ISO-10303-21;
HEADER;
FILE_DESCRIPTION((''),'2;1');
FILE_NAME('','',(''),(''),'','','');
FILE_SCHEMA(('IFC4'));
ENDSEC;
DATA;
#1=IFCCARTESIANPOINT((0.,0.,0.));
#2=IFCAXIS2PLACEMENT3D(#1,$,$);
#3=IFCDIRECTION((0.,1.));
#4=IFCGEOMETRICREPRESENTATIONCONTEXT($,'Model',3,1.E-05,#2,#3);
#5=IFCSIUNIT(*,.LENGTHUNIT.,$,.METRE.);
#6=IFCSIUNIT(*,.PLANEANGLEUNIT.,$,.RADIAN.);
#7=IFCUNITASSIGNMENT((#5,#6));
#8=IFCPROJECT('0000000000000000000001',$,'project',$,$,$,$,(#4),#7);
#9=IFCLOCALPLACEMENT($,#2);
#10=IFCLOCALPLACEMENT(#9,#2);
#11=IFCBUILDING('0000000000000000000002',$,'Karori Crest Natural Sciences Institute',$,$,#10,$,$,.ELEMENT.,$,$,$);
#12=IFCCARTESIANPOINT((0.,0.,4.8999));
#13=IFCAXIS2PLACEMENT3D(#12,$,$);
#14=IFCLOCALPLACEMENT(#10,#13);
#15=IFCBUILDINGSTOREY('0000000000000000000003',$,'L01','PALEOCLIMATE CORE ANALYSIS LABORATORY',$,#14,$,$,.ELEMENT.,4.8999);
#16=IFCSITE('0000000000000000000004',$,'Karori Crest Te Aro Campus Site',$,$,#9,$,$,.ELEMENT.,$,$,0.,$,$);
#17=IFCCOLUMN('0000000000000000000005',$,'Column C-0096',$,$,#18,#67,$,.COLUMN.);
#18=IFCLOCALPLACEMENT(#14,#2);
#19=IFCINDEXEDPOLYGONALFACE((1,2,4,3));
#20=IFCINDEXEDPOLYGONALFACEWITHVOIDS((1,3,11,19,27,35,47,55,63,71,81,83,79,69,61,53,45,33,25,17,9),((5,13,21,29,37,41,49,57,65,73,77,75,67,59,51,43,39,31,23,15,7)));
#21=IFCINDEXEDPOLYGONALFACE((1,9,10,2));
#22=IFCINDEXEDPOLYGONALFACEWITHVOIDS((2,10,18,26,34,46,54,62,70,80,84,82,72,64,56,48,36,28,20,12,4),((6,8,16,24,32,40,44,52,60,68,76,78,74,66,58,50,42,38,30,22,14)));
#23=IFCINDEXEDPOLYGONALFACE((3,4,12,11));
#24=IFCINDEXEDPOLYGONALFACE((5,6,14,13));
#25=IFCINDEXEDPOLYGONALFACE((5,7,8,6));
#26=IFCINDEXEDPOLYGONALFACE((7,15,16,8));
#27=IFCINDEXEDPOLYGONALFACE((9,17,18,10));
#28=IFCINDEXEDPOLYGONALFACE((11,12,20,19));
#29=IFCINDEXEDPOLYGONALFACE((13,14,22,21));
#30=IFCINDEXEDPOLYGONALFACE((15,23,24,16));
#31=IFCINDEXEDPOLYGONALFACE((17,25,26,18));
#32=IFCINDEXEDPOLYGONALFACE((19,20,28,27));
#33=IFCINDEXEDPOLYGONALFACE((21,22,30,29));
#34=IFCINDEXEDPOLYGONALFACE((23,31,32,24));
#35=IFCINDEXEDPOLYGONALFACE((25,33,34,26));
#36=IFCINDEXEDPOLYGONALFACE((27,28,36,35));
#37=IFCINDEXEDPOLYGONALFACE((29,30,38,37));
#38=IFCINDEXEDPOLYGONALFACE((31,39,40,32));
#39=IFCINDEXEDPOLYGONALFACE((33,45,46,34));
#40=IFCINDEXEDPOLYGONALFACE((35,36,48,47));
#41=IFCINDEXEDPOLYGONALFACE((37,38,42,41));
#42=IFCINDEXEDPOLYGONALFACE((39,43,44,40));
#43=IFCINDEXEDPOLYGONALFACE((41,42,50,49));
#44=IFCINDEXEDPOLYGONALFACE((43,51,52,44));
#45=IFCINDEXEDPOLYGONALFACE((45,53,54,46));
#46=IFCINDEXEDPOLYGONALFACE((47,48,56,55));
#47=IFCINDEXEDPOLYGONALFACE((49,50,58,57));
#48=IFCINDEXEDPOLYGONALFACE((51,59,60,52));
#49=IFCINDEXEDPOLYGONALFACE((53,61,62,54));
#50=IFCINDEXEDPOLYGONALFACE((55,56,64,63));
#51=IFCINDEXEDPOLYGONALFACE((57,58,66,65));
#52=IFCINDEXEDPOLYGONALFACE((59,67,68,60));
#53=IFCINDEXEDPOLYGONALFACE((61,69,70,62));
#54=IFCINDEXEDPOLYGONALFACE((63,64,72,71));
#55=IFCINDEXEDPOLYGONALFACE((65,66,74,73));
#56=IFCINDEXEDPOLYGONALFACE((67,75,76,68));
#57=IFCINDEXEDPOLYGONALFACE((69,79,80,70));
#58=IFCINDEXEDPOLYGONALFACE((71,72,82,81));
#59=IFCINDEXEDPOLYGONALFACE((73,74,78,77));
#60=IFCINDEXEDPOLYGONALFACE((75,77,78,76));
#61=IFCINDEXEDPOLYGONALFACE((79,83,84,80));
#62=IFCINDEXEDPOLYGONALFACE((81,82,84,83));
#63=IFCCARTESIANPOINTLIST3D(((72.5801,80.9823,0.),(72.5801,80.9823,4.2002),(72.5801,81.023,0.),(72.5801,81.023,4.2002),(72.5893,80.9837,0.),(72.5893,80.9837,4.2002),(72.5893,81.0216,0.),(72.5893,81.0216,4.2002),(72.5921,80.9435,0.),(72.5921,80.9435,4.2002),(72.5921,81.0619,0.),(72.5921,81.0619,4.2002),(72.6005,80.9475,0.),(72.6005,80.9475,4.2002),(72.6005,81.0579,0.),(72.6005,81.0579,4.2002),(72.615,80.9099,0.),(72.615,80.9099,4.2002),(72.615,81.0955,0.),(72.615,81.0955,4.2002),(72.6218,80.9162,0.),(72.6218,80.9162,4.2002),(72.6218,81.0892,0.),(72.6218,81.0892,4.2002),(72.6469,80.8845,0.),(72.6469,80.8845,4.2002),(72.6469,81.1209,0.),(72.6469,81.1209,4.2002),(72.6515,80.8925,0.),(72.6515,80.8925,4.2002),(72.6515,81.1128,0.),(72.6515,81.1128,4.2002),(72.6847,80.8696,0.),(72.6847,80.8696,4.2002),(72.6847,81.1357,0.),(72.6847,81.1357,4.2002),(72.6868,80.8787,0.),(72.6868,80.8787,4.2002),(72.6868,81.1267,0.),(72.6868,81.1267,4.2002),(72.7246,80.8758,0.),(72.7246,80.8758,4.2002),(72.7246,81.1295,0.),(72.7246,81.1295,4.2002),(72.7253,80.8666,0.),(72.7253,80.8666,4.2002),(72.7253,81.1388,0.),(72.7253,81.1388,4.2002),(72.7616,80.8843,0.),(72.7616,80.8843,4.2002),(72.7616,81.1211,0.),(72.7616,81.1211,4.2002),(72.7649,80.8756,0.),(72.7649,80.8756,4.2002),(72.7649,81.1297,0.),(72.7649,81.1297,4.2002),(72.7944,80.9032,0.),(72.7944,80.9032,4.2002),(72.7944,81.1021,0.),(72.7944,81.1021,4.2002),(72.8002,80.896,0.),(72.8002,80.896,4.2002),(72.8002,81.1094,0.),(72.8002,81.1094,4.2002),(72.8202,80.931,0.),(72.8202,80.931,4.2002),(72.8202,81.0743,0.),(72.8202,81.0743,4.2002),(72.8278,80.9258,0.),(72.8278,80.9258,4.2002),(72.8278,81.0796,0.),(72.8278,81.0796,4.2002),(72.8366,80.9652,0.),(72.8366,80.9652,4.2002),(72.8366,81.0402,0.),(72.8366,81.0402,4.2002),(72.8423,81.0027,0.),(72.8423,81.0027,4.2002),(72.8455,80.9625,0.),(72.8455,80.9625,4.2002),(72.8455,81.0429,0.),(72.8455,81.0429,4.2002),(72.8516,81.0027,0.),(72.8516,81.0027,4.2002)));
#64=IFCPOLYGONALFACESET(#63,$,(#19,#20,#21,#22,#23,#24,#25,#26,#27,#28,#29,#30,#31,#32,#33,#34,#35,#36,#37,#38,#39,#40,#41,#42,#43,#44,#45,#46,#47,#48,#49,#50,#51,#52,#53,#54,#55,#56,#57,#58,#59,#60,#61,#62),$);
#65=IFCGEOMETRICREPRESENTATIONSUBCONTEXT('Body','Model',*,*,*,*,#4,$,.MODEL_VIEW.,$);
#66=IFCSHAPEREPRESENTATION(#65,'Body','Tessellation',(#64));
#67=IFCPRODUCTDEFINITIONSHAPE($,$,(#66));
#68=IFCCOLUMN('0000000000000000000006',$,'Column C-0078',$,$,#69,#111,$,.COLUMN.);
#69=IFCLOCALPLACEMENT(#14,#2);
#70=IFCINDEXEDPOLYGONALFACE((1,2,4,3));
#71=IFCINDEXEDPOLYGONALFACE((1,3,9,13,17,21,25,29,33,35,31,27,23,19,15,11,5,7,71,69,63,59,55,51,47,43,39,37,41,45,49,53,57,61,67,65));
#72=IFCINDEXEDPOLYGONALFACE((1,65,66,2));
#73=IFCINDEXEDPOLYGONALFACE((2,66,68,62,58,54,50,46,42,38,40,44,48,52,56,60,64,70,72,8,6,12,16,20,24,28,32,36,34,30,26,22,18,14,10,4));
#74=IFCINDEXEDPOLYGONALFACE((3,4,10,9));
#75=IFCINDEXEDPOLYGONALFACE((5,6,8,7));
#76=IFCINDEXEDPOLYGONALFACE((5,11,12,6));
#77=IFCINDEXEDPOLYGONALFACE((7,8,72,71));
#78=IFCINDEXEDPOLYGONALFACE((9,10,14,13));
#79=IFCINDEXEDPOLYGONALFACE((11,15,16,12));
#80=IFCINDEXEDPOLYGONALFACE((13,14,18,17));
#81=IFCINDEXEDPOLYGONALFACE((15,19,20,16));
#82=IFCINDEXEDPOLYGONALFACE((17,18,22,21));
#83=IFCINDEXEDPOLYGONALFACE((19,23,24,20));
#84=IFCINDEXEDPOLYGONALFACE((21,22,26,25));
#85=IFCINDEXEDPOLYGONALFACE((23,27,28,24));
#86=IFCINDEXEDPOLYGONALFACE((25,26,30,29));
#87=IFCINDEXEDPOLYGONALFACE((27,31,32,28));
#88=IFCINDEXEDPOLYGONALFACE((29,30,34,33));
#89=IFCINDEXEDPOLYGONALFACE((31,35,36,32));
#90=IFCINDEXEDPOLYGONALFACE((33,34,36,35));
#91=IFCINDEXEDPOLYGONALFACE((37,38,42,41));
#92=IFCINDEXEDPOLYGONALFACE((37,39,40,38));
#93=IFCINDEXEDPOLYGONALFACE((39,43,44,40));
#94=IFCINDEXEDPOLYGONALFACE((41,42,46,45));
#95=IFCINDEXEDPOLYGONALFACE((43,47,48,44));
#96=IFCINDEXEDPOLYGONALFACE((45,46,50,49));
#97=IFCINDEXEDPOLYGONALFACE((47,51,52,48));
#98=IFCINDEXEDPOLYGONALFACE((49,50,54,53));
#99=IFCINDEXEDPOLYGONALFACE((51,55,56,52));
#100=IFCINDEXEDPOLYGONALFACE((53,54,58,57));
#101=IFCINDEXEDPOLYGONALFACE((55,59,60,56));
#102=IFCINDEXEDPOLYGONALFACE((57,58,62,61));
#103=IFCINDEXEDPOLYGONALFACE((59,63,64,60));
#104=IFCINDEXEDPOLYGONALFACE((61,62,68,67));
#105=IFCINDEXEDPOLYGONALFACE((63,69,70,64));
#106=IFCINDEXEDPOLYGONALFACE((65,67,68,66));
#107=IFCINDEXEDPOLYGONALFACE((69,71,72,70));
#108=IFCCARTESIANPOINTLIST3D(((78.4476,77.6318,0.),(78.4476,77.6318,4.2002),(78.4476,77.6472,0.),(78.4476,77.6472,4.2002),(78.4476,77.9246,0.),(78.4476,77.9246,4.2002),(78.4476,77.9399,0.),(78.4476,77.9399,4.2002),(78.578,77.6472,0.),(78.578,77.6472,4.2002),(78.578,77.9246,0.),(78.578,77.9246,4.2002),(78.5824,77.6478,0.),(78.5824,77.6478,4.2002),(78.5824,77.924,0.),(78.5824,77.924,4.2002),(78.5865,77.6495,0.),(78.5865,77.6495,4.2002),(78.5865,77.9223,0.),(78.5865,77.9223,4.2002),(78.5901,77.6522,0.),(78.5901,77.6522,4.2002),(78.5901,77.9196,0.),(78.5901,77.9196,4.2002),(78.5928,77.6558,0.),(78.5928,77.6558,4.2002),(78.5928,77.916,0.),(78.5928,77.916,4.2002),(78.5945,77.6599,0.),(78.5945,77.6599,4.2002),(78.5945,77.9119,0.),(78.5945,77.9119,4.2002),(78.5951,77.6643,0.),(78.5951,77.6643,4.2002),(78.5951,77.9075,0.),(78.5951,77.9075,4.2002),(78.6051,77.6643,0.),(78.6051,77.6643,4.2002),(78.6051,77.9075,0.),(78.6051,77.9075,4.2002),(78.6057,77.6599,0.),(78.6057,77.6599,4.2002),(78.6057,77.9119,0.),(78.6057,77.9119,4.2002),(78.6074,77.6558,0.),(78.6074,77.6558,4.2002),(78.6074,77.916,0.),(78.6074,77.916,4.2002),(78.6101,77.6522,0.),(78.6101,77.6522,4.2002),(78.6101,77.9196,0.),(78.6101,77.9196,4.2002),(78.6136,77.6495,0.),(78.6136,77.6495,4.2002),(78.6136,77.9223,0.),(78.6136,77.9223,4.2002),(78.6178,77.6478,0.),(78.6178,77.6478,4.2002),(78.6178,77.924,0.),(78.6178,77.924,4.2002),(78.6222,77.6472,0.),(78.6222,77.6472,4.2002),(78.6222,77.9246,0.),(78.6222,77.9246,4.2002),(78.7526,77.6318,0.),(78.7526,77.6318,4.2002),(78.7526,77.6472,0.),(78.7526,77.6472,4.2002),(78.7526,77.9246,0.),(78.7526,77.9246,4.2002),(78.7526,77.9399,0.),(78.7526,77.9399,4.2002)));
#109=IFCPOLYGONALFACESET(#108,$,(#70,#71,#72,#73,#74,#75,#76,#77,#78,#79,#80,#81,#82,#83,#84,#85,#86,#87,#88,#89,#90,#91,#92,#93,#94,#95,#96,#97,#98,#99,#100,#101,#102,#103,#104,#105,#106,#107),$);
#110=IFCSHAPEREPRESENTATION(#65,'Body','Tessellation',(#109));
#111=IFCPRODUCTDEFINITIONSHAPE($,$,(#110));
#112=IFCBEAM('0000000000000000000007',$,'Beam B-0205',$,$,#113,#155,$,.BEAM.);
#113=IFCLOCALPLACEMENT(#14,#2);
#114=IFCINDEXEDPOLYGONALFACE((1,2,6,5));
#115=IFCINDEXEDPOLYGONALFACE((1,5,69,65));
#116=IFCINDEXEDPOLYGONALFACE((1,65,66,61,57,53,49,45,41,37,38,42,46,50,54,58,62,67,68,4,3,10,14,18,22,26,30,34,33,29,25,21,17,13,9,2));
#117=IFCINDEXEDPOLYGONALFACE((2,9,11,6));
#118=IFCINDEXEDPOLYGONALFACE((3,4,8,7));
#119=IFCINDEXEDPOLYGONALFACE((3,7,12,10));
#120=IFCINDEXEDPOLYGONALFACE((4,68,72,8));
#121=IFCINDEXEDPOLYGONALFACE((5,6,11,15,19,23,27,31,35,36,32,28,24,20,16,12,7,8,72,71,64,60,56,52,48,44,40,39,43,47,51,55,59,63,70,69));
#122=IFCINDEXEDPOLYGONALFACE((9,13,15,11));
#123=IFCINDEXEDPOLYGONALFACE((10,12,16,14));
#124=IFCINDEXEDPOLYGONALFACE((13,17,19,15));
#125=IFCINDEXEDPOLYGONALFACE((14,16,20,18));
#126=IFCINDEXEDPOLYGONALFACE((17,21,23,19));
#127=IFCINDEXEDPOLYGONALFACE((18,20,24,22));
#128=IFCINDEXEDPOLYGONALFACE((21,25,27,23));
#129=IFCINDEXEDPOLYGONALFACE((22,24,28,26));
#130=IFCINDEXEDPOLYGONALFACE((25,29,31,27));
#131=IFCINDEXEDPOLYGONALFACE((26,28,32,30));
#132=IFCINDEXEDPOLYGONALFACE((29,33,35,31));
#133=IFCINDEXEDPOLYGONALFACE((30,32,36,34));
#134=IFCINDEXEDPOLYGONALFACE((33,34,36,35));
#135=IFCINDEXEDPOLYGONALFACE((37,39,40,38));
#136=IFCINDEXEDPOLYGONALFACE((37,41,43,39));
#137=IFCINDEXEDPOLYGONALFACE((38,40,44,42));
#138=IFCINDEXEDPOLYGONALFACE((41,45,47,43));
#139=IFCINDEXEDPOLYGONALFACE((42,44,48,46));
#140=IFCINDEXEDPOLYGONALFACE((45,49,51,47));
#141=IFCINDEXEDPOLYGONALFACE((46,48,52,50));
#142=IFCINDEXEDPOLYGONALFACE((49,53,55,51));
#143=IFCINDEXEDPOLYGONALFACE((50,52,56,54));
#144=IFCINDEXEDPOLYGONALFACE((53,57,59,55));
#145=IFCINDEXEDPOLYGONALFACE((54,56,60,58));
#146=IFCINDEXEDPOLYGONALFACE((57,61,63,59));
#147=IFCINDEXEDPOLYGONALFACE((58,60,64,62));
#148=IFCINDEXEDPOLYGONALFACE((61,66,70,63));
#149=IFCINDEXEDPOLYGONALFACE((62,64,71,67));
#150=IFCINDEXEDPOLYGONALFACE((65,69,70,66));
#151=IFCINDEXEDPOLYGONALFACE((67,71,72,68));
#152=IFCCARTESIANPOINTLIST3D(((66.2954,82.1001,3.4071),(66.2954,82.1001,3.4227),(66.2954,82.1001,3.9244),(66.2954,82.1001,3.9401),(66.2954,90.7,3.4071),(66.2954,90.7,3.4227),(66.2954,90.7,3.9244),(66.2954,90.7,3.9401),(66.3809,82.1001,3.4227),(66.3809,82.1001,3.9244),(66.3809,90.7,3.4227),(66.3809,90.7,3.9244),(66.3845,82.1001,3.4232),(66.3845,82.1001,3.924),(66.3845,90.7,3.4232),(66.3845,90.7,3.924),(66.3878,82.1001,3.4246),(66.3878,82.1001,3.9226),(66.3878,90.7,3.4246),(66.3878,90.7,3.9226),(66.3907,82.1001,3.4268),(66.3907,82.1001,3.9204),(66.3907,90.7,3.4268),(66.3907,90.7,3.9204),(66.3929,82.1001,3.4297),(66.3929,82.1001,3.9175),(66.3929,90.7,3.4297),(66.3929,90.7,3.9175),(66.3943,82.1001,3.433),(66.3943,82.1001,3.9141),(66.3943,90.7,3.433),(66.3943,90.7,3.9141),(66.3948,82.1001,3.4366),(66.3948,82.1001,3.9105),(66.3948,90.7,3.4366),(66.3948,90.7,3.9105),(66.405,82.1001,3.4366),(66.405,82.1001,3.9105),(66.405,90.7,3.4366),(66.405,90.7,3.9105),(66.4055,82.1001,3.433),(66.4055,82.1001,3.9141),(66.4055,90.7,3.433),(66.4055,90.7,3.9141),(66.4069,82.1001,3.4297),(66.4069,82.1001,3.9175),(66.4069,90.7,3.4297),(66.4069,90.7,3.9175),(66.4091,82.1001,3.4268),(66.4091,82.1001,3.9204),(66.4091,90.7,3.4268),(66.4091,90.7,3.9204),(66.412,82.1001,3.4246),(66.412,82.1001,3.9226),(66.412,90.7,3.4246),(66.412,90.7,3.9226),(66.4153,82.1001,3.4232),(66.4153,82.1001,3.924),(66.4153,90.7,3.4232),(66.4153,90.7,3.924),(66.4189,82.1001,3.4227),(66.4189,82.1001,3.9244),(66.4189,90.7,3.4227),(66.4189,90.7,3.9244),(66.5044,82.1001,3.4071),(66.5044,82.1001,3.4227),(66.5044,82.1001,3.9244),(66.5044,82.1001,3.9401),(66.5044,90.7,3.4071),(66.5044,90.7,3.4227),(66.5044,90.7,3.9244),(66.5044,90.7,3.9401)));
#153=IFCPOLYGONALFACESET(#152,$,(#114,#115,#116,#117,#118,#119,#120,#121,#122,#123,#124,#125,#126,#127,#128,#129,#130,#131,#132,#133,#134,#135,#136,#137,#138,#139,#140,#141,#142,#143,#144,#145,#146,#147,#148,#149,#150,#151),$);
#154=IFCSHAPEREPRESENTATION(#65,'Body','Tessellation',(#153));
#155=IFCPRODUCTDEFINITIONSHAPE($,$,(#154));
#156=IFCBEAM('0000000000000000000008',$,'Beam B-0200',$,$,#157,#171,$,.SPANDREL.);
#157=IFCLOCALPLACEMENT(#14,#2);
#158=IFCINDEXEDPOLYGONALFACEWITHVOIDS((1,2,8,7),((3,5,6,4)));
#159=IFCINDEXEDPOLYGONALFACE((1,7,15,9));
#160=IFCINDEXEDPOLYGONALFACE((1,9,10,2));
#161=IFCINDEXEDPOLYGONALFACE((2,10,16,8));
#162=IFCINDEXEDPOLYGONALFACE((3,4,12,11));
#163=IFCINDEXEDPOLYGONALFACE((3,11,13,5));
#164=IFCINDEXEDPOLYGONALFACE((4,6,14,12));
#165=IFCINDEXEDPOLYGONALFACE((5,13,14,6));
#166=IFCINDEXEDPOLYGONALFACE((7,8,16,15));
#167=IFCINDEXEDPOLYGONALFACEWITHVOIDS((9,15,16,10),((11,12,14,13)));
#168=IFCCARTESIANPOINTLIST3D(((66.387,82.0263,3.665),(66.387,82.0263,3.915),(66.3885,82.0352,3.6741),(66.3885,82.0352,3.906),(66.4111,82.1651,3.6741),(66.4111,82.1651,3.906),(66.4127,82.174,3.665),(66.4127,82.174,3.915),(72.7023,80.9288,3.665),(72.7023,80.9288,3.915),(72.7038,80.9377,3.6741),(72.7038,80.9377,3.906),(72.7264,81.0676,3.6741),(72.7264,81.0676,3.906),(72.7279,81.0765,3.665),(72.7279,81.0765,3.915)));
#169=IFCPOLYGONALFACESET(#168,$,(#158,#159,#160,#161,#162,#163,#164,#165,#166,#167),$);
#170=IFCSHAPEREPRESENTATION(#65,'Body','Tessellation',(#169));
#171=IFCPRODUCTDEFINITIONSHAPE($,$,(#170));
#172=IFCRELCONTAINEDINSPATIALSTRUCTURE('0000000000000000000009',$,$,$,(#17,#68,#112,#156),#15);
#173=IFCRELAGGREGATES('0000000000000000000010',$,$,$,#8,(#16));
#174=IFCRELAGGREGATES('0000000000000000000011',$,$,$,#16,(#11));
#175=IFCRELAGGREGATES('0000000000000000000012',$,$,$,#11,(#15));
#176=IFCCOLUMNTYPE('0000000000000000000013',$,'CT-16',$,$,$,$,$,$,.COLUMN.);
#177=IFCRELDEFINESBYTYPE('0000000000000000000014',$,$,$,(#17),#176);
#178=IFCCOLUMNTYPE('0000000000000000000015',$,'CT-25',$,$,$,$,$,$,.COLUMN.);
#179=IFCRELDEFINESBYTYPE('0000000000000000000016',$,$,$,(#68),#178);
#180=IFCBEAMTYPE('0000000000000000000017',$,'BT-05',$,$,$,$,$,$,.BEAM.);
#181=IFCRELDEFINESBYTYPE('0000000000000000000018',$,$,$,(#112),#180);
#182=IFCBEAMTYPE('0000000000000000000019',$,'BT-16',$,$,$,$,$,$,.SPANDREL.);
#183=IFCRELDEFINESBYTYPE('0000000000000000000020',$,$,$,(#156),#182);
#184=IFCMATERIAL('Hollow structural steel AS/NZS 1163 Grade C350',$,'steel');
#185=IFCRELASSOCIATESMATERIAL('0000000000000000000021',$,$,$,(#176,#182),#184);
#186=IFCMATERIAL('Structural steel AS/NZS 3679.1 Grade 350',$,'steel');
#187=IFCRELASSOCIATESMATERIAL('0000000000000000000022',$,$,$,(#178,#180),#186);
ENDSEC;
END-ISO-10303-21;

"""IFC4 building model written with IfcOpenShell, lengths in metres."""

from ifc_helpers import new_model, si_unit, direction, frame, origin, origin_2d, place, context, subcontext, project, spatial, hollow_rectangle, hollow_circle, i_section, extrude, material, material_profile, profile_set, type_object, element, save


model = new_model("IFC4")

# Units and contexts
model_context = context("Model", 3, precision=1e-05, world=origin(), true_north=direction((0.0, 1.0)))
body_context = subcontext(model_context, "Body", "Model", "MODEL_VIEW")
ifc_project = project(units=[si_unit("LENGTHUNIT", "METRE"), si_unit("PLANEANGLEUNIT", "RADIAN")], contexts=[model_context])

# Site, building, storey
site_placement = place(None, origin())
site = spatial("IfcSite", under=ifc_project, at=site_placement, Name="Karori Crest Te Aro Campus Site", CompositionType="ELEMENT", RefElevation=0.0)
building_placement = place(site_placement, origin())
building = spatial("IfcBuilding", under=site, at=building_placement, Name="Karori Crest Natural Sciences Institute", CompositionType="ELEMENT")
storey_placement = place(building_placement, frame((0.0, 0.0, 4.8999)))
storey = spatial("IfcBuildingStorey", under=building, at=storey_placement, Name="L01", Description="PALEOCLIMATE CORE ANALYSIS LABORATORY", CompositionType="ELEMENT", Elevation=4.8999)

# Columns
ifc_material_1 = material(Name="Hollow structural steel AS/NZS 1163 Grade C350", Category="steel")
ifc_material_profile_1 = material_profile(ifc_material_1, hollow_circle(Radius=0.1365, WallThickness=0.0093, at=origin_2d()), Name="CHS273.0x9.3")
ifc_profile_set_1 = profile_set([ifc_material_profile_1], Name="Hollow structural steel AS/NZS 1163 Grade C350")
column_type_1 = type_object("IfcColumnType", Name="CT-16", PredefinedType="COLUMN", material=ifc_profile_set_1)
column_1_placement = place(storey_placement, frame((72.7151, 81.0027, 0.0), z_axis=(0.0, 0.0, 1.0), x_axis=(1.0, 0.0, 0.0)))
element("IfcColumn", 1, at=column_1_placement, inside=storey, type_object=column_type_1, Name="Column C-0096", PredefinedType="COLUMN", context=body_context, shape_type="SweptSolid", body=[
    extrude(hollow_circle(Radius=0.1365, WallThickness=0.0093, at=origin_2d()), origin(), (0.0, 0.0, 1.0), 4.2002),
])
ifc_material_2 = material(Name="Structural steel AS/NZS 3679.1 Grade 350", Category="steel")
ifc_material_profile_2 = material_profile(ifc_material_2, i_section(OverallWidth=0.3049, OverallDepth=0.3081, WebThickness=0.01, FlangeThickness=0.0154, FilletRadius=0.0171, at=origin_2d()), Name="310UC96.8")
ifc_profile_set_2 = profile_set([ifc_material_profile_2], Name="Structural steel AS/NZS 3679.1 Grade 350")
column_type_2 = type_object("IfcColumnType", Name="CT-25", PredefinedType="COLUMN", material=ifc_profile_set_2)
column_2_placement = place(storey_placement, frame((78.6001, 77.7859, 0.0), z_axis=(0.0, 0.0, 1.0), x_axis=(1.0, 0.0, 0.0)))
element("IfcColumn", 2, at=column_2_placement, inside=storey, type_object=column_type_2, Name="Column C-0078", PredefinedType="COLUMN", context=body_context, shape_type="SweptSolid", body=[
    extrude(i_section(OverallWidth=0.3049, OverallDepth=0.3081, WebThickness=0.01, FlangeThickness=0.0154, FilletRadius=0.0171, at=origin_2d()), origin(), (0.0, 0.0, 1.0), 4.2002),
])

# Beams
ifc_material_profile_3 = material_profile(ifc_material_2, i_section(OverallWidth=0.209, OverallDepth=0.533, WebThickness=0.0103, FlangeThickness=0.0156, FilletRadius=0.0139, at=origin_2d()), Name="530UB92.4")
ifc_profile_set_3 = profile_set([ifc_material_profile_3], Name="Structural steel AS/NZS 3679.1 Grade 350")
beam_type_1 = type_object("IfcBeamType", Name="BT-05", PredefinedType="BEAM", material=ifc_profile_set_3)
beam_1_placement = place(storey_placement, frame((66.3999, 82.1001, 3.6736), z_axis=(0.0, 1.0, 0.0), x_axis=(-1.0, 0.0, 0.0)))
element("IfcBeam", 3, at=beam_1_placement, inside=storey, type_object=beam_type_1, Name="Beam B-0205", PredefinedType="BEAM", context=body_context, shape_type="SweptSolid", body=[
    extrude(i_section(OverallWidth=0.209, OverallDepth=0.533, WebThickness=0.0103, FlangeThickness=0.0156, FilletRadius=0.0139, at=origin_2d()), origin(), (0.0, 0.0, 1.0), 8.5999),
])
ifc_material_profile_4 = material_profile(ifc_material_1, hollow_rectangle(XDim=0.1499, YDim=0.25, WallThickness=0.009, at=origin_2d()), Name="RHS250x150x9")
ifc_profile_set_4 = profile_set([ifc_material_profile_4], Name="Hollow structural steel AS/NZS 1163 Grade C350")
beam_type_2 = type_object("IfcBeamType", Name="BT-16", PredefinedType="SPANDREL", material=ifc_profile_set_4)
beam_2_placement = place(storey_placement, frame((72.7151, 81.0027, 3.79), z_axis=(-0.985235, 0.171208, 0.0), x_axis=(-0.171208, -0.985235, 0.0)))
element("IfcBeam", 4, at=beam_2_placement, inside=storey, type_object=beam_type_2, Name="Beam B-0200", PredefinedType="SPANDREL", context=body_context, shape_type="SweptSolid", body=[
    extrude(hollow_rectangle(XDim=0.1499, YDim=0.25, WallThickness=0.009, at=origin_2d()), origin(), (0.0, 0.0, 1.0), 6.4099),
])

save(model, "model.ifc")
